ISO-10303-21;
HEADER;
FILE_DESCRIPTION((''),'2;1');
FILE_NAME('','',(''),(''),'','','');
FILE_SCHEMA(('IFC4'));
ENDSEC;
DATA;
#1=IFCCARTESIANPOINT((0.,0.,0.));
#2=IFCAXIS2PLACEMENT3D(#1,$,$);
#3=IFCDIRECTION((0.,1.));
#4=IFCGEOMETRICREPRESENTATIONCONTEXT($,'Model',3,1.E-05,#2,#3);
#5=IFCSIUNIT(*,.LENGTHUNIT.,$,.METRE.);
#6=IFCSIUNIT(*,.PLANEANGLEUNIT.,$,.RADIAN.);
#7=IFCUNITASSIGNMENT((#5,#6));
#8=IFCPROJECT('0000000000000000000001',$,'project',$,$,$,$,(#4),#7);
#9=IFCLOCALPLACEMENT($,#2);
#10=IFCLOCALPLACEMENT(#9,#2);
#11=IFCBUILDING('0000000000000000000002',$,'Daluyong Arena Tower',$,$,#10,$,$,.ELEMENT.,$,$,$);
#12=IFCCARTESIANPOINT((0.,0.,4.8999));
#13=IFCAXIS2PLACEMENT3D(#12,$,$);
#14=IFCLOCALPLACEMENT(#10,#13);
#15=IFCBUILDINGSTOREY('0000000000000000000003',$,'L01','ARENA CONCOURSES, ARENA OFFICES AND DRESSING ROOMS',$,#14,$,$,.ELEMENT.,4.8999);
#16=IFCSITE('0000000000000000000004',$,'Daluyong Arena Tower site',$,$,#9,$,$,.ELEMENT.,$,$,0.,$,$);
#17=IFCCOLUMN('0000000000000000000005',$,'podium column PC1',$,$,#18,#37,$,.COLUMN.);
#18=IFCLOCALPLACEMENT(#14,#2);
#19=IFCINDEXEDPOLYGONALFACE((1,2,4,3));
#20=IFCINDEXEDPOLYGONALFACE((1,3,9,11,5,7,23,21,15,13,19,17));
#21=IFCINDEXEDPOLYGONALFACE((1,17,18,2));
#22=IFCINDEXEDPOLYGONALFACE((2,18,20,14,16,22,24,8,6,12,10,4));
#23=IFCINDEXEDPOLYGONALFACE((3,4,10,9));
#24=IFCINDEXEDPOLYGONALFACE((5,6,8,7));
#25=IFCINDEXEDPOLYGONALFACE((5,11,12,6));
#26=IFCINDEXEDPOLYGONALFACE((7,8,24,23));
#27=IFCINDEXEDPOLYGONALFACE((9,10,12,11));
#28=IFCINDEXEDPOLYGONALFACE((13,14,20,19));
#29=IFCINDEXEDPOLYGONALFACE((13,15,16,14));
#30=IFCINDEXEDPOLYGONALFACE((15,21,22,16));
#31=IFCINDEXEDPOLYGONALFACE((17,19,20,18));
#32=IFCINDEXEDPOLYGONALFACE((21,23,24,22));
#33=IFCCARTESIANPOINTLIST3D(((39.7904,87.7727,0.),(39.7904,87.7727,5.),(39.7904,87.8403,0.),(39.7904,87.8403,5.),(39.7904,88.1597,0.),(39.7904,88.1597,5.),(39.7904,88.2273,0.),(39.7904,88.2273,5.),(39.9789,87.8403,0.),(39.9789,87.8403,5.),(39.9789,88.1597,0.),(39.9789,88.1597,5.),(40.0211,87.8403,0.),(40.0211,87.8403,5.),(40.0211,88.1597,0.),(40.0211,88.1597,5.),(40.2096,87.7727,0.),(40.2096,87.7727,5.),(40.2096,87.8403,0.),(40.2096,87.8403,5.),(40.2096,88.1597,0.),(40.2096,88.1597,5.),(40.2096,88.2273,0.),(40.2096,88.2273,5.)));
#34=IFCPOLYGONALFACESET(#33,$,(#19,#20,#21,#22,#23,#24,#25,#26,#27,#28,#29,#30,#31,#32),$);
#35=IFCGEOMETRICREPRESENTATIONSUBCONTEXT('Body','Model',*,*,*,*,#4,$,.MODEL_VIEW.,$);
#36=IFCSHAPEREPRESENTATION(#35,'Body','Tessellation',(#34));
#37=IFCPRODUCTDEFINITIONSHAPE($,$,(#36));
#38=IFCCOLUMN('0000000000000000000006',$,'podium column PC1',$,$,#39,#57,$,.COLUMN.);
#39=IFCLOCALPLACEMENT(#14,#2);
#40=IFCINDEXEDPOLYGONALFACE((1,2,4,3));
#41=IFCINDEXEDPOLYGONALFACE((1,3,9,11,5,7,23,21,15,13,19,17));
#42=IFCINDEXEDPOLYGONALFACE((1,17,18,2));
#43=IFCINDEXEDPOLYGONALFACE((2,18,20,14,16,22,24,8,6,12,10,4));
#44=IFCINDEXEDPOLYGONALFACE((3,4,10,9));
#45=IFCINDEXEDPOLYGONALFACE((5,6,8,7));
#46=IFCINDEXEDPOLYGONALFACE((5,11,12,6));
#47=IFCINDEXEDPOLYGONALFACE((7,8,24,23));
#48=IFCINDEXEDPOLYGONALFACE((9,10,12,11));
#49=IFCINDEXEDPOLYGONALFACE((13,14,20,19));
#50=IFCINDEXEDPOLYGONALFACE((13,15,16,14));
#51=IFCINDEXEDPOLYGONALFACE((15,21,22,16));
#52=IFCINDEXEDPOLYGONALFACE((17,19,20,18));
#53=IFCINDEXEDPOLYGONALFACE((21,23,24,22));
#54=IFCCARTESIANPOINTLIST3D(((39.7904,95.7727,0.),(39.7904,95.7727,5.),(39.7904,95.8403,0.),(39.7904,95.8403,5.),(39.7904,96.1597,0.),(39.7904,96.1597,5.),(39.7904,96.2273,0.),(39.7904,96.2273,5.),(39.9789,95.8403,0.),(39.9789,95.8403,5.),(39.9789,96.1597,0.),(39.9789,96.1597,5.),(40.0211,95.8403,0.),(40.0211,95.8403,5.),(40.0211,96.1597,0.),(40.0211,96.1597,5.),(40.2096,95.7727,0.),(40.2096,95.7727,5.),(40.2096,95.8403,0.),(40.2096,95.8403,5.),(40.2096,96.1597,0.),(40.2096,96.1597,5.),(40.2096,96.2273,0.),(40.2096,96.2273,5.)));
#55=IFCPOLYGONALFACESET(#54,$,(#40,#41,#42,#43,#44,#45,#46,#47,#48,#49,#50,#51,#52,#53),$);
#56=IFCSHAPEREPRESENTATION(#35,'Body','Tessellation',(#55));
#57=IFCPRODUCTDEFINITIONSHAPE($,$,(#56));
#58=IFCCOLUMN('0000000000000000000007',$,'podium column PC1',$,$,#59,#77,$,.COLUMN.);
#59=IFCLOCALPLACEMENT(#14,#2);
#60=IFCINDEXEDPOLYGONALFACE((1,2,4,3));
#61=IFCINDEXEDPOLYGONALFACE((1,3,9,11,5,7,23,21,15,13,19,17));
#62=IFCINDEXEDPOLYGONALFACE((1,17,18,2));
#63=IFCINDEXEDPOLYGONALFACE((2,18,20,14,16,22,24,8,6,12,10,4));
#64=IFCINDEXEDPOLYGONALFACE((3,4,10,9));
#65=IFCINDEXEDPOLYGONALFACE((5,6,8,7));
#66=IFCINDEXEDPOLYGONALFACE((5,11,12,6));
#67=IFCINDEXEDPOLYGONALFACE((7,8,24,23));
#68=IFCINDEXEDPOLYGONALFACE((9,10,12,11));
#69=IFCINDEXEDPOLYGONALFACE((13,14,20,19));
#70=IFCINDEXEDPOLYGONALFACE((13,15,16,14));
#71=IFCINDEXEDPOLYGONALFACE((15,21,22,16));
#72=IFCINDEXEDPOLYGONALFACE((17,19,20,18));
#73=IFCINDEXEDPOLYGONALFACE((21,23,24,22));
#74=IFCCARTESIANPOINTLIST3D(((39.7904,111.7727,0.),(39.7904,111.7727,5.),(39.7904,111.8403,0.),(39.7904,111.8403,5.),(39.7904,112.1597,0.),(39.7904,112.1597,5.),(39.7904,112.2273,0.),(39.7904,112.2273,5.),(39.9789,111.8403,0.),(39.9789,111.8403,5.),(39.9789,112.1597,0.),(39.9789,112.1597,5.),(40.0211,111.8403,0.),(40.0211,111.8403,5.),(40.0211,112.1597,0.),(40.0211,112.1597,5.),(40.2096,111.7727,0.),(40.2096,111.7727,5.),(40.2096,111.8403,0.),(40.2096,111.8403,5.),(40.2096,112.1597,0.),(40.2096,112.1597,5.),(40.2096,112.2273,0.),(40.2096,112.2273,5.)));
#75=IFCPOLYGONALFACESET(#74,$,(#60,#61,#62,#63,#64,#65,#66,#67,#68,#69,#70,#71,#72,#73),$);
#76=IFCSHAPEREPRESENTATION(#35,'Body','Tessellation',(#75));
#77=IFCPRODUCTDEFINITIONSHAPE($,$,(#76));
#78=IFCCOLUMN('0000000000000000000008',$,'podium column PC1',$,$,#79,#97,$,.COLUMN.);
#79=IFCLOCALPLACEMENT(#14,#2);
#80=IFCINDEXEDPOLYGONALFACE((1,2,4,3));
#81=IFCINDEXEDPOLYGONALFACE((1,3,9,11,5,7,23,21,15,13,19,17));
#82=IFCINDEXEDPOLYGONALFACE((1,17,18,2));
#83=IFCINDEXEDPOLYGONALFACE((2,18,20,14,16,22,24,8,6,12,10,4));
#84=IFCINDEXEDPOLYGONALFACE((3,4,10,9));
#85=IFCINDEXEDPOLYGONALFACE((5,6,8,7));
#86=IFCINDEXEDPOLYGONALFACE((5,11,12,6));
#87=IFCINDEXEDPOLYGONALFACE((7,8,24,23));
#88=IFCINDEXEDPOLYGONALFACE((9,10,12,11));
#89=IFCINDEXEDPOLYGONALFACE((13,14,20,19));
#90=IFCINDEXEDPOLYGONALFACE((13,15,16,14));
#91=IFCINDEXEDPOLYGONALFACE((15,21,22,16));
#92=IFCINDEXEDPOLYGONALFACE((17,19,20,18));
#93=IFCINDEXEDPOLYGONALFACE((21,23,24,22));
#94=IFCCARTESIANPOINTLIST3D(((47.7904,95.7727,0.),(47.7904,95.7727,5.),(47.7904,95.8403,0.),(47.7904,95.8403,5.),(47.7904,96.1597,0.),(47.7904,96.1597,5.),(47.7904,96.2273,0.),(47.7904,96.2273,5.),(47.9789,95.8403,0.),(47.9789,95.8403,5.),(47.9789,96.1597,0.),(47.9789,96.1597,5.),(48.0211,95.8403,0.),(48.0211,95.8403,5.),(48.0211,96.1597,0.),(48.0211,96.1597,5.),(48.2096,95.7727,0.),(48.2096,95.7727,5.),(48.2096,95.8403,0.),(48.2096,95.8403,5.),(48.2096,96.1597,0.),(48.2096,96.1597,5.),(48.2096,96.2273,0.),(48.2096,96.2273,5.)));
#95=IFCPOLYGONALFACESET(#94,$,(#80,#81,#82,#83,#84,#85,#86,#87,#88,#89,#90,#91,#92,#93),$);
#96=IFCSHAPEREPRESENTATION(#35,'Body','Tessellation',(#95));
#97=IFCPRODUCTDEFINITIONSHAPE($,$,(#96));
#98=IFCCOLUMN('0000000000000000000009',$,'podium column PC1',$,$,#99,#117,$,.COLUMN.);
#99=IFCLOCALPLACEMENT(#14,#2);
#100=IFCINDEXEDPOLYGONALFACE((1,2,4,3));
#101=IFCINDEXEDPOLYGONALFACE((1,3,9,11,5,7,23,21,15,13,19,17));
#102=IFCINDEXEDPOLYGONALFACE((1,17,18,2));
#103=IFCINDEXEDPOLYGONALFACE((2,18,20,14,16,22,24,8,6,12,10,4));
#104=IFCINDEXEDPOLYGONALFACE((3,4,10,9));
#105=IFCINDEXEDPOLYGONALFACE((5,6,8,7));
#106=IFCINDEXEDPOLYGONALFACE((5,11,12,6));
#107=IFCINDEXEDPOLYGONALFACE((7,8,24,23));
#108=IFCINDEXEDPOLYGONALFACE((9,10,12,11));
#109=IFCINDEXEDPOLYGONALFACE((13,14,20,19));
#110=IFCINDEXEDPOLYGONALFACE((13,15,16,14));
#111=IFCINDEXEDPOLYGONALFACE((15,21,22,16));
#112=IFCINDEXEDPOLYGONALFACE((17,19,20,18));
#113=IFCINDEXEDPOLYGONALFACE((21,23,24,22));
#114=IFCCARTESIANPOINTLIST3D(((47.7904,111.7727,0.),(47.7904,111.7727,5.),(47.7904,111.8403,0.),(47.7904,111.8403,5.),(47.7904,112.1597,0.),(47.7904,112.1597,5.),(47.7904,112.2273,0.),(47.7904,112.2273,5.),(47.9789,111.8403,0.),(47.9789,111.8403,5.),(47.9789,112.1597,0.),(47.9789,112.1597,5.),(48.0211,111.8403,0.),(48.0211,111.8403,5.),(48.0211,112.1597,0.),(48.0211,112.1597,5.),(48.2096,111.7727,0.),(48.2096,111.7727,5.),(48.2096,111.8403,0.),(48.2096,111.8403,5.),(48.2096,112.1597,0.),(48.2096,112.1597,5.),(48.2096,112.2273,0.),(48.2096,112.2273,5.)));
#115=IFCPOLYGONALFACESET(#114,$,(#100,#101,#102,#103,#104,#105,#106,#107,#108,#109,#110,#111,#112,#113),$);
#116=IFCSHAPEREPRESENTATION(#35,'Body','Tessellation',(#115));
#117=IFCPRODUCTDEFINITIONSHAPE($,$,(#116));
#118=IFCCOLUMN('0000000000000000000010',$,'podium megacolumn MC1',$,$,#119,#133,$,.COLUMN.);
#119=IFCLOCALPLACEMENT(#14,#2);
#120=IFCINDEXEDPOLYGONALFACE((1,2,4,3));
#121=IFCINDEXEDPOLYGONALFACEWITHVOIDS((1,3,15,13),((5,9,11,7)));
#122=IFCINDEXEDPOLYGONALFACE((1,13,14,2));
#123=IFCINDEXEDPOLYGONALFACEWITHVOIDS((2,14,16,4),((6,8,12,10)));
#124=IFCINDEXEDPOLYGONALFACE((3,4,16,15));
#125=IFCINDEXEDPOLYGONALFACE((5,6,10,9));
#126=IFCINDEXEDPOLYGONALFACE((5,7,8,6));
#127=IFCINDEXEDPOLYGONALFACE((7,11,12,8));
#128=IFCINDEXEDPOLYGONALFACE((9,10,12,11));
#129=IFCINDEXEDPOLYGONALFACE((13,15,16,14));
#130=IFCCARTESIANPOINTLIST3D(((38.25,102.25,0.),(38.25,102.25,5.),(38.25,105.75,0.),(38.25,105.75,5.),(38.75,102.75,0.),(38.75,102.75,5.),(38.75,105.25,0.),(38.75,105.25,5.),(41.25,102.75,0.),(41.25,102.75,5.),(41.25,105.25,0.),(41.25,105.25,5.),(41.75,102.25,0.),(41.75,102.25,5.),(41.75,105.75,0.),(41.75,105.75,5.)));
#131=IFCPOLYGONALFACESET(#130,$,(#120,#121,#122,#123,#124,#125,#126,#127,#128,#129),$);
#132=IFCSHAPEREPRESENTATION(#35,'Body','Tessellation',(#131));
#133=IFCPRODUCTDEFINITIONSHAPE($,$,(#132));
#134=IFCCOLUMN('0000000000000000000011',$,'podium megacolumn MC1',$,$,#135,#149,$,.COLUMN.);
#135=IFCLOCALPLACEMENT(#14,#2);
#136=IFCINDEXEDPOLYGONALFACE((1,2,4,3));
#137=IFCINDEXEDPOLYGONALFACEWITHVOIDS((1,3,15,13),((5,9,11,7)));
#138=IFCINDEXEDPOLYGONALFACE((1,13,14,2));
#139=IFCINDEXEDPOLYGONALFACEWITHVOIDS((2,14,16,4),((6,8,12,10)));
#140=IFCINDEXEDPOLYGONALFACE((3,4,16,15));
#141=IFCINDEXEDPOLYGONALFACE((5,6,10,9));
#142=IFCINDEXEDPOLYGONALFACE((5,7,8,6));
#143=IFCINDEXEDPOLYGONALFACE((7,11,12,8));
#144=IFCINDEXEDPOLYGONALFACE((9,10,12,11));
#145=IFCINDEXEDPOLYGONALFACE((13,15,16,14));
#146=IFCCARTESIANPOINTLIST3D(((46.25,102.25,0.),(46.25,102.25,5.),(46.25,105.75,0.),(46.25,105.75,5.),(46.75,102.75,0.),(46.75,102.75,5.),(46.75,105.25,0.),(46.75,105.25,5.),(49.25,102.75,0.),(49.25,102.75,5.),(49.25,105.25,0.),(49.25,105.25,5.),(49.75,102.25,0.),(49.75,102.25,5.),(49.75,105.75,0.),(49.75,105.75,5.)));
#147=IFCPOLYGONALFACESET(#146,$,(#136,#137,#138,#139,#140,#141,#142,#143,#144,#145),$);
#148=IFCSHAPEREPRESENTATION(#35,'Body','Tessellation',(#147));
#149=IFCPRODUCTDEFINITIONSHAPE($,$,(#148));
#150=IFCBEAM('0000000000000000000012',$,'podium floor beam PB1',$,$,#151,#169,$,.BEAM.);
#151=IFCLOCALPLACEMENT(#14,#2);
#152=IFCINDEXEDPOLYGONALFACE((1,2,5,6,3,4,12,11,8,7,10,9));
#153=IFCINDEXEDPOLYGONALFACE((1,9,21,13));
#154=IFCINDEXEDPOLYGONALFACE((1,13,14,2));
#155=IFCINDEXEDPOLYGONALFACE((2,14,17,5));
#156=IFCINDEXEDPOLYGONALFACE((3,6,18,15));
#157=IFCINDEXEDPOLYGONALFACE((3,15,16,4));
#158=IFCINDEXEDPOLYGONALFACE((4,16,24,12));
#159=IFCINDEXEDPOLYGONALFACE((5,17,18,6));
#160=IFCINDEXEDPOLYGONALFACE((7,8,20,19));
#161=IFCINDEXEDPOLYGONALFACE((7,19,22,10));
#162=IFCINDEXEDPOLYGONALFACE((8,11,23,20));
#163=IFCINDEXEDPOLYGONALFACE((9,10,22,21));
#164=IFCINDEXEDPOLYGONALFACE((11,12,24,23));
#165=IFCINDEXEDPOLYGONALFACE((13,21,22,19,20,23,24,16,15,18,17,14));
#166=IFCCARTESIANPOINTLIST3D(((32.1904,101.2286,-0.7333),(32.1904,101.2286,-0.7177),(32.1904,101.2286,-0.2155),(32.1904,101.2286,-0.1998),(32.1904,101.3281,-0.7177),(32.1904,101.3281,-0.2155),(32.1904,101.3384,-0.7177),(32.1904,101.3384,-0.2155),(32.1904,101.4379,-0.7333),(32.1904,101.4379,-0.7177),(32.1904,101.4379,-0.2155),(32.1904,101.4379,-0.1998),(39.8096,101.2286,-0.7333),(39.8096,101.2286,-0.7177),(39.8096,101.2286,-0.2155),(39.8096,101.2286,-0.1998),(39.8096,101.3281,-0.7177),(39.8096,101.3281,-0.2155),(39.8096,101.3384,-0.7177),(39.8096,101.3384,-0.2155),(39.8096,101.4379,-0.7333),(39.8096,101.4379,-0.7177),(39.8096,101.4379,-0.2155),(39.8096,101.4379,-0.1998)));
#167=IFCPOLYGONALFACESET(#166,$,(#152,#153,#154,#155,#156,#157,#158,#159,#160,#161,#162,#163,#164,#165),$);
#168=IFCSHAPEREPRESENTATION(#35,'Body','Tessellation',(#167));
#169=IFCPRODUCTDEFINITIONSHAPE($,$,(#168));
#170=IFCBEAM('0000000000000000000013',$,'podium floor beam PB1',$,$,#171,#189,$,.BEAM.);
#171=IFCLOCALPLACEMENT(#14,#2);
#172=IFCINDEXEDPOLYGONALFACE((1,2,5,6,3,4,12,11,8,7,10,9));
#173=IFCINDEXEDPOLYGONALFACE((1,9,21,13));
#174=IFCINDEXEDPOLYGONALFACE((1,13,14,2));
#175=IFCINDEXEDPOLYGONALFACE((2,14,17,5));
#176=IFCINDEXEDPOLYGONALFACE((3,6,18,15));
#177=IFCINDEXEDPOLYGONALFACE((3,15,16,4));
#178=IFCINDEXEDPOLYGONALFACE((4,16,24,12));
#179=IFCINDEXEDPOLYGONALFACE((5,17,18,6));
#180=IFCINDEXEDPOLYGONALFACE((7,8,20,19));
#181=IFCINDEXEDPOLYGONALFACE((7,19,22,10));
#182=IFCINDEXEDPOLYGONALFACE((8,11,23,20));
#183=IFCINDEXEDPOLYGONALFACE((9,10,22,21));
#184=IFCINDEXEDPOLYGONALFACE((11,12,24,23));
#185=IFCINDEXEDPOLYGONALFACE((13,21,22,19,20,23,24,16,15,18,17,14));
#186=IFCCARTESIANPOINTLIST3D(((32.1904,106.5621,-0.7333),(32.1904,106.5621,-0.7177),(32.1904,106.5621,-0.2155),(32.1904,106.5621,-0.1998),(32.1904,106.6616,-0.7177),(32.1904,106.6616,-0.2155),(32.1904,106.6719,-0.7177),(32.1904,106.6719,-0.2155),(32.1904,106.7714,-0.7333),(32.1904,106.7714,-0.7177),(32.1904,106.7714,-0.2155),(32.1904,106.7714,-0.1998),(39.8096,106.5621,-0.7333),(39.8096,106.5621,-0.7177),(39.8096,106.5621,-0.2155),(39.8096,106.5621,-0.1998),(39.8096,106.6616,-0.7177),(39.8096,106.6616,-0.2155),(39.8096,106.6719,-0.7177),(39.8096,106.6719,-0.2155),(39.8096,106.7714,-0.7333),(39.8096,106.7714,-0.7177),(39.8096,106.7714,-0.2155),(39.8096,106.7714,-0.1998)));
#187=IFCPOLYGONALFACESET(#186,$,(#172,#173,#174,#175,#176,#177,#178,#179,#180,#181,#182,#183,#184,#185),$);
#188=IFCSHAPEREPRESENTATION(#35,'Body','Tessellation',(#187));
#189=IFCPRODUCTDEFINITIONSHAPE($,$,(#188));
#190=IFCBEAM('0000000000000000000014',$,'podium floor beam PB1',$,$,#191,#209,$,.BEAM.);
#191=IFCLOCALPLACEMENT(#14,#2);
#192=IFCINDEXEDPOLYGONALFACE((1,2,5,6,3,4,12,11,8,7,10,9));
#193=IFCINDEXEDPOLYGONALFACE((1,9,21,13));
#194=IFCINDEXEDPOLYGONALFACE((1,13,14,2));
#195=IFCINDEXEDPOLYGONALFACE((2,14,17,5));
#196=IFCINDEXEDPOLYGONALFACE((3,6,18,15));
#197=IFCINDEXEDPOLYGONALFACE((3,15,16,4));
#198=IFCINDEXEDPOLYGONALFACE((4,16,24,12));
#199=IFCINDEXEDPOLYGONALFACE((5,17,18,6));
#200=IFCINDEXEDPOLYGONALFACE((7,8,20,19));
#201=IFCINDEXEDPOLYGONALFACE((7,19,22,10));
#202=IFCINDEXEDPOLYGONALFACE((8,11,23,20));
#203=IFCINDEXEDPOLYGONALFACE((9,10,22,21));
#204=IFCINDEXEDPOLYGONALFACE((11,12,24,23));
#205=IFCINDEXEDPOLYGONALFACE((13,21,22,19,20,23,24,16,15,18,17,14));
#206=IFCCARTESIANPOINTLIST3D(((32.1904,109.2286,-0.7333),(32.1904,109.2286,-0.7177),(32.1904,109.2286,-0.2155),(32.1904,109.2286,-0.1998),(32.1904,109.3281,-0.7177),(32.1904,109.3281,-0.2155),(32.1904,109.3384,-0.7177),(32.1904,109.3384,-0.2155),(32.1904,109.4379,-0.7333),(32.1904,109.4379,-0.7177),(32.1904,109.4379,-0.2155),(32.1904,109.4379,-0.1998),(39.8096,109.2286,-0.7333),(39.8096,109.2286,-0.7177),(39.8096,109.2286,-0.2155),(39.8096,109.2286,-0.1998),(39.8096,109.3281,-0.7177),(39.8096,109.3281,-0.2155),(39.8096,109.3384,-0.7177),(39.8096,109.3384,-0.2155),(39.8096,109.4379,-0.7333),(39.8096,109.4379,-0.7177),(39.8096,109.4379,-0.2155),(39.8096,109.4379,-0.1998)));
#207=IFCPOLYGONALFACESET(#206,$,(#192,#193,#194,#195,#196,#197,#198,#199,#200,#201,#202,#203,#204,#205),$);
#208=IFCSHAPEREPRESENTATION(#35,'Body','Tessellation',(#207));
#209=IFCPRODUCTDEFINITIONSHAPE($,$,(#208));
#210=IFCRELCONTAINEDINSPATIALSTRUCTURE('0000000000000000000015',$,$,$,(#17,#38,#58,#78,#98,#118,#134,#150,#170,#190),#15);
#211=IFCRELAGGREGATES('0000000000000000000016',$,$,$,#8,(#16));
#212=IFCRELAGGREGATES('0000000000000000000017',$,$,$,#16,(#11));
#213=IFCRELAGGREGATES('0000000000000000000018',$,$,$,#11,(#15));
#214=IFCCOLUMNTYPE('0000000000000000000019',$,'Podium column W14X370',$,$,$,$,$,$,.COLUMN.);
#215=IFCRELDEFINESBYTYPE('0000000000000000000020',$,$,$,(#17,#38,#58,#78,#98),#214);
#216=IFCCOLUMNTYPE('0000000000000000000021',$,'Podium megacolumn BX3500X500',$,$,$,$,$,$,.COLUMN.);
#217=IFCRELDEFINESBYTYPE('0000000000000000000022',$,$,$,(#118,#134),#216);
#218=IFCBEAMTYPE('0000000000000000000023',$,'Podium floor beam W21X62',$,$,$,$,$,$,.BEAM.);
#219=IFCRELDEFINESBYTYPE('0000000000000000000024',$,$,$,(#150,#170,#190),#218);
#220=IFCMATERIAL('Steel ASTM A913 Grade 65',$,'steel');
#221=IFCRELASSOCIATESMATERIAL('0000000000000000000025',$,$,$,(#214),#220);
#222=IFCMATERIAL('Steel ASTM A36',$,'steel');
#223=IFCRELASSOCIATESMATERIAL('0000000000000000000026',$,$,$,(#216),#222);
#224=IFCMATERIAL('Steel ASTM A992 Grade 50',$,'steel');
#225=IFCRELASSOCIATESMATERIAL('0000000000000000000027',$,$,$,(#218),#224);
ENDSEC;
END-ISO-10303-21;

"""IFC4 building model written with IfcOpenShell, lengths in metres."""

from ifc_helpers import new_model, si_unit, direction, frame, origin, origin_2d, place, context, subcontext, project, spatial, hollow_rectangle, i_section, extrude, material, material_profile, profile_set, type_object, element, save


model = new_model("IFC4")

# Units and contexts
model_context = context("Model", 3, precision=1e-05, world=origin(), true_north=direction((0.0, 1.0)))
body_context = subcontext(model_context, "Body", "Model", "MODEL_VIEW")
ifc_project = project(units=[si_unit("LENGTHUNIT", "METRE"), si_unit("PLANEANGLEUNIT", "RADIAN")], contexts=[model_context])

# Site, building, storey
site_placement = place(None, origin())
site = spatial("IfcSite", under=ifc_project, at=site_placement, Name="Daluyong Arena Tower site", CompositionType="ELEMENT", RefElevation=0.0)
building_placement = place(site_placement, origin())
building = spatial("IfcBuilding", under=site, at=building_placement, Name="Daluyong Arena Tower", CompositionType="ELEMENT")
storey_placement = place(building_placement, frame((0.0, 0.0, 4.8999)))
storey = spatial("IfcBuildingStorey", under=building, at=storey_placement, Name="L01", Description="ARENA CONCOURSES, ARENA OFFICES AND DRESSING ROOMS", CompositionType="ELEMENT", Elevation=4.8999)

# Columns
ifc_material_1 = material(Name="Steel ASTM A913 Grade 65", Category="steel")
ifc_material_profile_1 = material_profile(ifc_material_1, i_section(OverallWidth=0.4192, OverallDepth=0.4546, WebThickness=0.0422, FlangeThickness=0.0676, at=origin_2d()))
ifc_profile_set_1 = profile_set([ifc_material_profile_1], Name="Steel ASTM A913 Grade 65")
column_type_1 = type_object("IfcColumnType", Name="Podium column W14X370", PredefinedType="COLUMN", material=ifc_profile_set_1)
for number, where, z_axis, x_axis, name in (
    (1, (40.0, 88.0, 0.0), (0.0, 0.0, 1.0), (1.0, 0.0, 0.0), "podium column PC1"),
    (2, (40.0, 96.0, 0.0), (0.0, 0.0, 1.0), (1.0, 0.0, 0.0), "podium column PC1"),
    (3, (40.0, 112.0, 0.0), (0.0, 0.0, 1.0), (1.0, 0.0, 0.0), "podium column PC1"),
    (4, (48.0, 96.0, 0.0), (0.0, 0.0, 1.0), (1.0, 0.0, 0.0), "podium column PC1"),
    (5, (48.0, 112.0, 0.0), (0.0, 0.0, 1.0), (1.0, 0.0, 0.0), "podium column PC1"),
):
    element("IfcColumn", number, at=place(storey_placement, frame(where, z_axis=z_axis, x_axis=x_axis)), inside=storey, type_object=column_type_1, Name=name, PredefinedType="COLUMN", context=body_context, shape_type="SweptSolid", body=[
        extrude(i_section(OverallWidth=0.4192, OverallDepth=0.4546, WebThickness=0.0422, FlangeThickness=0.0676, at=origin_2d()), origin(), (0.0, 0.0, 1.0), 5.0),
    ])
ifc_material_2 = material(Name="Steel ASTM A36", Category="steel")
ifc_material_profile_2 = material_profile(ifc_material_2, hollow_rectangle(XDim=3.5, YDim=3.5, WallThickness=0.5, at=origin_2d()))
ifc_profile_set_2 = profile_set([ifc_material_profile_2], Name="Steel ASTM A36")
column_type_2 = type_object("IfcColumnType", Name="Podium megacolumn BX3500X500", PredefinedType="COLUMN", material=ifc_profile_set_2)
for number, where, z_axis, x_axis, name in (
    (6, (40.0, 104.0, 0.0), (0.0, 0.0, 1.0), (1.0, 0.0, 0.0), "podium megacolumn MC1"),
    (7, (48.0, 104.0, 0.0), (0.0, 0.0, 1.0), (1.0, 0.0, 0.0), "podium megacolumn MC1"),
):
    element("IfcColumn", number, at=place(storey_placement, frame(where, z_axis=z_axis, x_axis=x_axis)), inside=storey, type_object=column_type_2, Name=name, PredefinedType="COLUMN", context=body_context, shape_type="SweptSolid", body=[
        extrude(hollow_rectangle(XDim=3.5, YDim=3.5, WallThickness=0.5, at=origin_2d()), origin(), (0.0, 0.0, 1.0), 5.0),
    ])

# Beams
ifc_material_3 = material(Name="Steel ASTM A992 Grade 50", Category="steel")
ifc_material_profile_3 = material_profile(ifc_material_3, i_section(OverallWidth=0.2092, OverallDepth=0.5334, WebThickness=0.0103, FlangeThickness=0.0156, at=origin_2d()))
ifc_profile_set_3 = profile_set([ifc_material_profile_3], Name="Steel ASTM A992 Grade 50")
beam_type_1 = type_object("IfcBeamType", Name="Podium floor beam W21X62", PredefinedType="BEAM", material=ifc_profile_set_3)
for number, where, z_axis, x_axis, name in (
    (8, (32.1904, 101.3333, -0.4666), (1.0, 0.0, 0.0), (0.0, 1.0, 0.0), "podium floor beam PB1"),
    (9, (32.1904, 106.6667, -0.4666), (1.0, 0.0, 0.0), (0.0, 1.0, 0.0), "podium floor beam PB1"),
    (10, (32.1904, 109.3333, -0.4666), (1.0, 0.0, 0.0), (0.0, 1.0, 0.0), "podium floor beam PB1"),
):
    element("IfcBeam", number, at=place(storey_placement, frame(where, z_axis=z_axis, x_axis=x_axis)), inside=storey, type_object=beam_type_1, Name=name, PredefinedType="BEAM", context=body_context, shape_type="SweptSolid", body=[
        extrude(i_section(OverallWidth=0.2092, OverallDepth=0.5334, WebThickness=0.0103, FlangeThickness=0.0156, at=origin_2d()), origin(), (0.0, 0.0, 1.0), 7.6191),
    ])

save(model, "model.ifc")
